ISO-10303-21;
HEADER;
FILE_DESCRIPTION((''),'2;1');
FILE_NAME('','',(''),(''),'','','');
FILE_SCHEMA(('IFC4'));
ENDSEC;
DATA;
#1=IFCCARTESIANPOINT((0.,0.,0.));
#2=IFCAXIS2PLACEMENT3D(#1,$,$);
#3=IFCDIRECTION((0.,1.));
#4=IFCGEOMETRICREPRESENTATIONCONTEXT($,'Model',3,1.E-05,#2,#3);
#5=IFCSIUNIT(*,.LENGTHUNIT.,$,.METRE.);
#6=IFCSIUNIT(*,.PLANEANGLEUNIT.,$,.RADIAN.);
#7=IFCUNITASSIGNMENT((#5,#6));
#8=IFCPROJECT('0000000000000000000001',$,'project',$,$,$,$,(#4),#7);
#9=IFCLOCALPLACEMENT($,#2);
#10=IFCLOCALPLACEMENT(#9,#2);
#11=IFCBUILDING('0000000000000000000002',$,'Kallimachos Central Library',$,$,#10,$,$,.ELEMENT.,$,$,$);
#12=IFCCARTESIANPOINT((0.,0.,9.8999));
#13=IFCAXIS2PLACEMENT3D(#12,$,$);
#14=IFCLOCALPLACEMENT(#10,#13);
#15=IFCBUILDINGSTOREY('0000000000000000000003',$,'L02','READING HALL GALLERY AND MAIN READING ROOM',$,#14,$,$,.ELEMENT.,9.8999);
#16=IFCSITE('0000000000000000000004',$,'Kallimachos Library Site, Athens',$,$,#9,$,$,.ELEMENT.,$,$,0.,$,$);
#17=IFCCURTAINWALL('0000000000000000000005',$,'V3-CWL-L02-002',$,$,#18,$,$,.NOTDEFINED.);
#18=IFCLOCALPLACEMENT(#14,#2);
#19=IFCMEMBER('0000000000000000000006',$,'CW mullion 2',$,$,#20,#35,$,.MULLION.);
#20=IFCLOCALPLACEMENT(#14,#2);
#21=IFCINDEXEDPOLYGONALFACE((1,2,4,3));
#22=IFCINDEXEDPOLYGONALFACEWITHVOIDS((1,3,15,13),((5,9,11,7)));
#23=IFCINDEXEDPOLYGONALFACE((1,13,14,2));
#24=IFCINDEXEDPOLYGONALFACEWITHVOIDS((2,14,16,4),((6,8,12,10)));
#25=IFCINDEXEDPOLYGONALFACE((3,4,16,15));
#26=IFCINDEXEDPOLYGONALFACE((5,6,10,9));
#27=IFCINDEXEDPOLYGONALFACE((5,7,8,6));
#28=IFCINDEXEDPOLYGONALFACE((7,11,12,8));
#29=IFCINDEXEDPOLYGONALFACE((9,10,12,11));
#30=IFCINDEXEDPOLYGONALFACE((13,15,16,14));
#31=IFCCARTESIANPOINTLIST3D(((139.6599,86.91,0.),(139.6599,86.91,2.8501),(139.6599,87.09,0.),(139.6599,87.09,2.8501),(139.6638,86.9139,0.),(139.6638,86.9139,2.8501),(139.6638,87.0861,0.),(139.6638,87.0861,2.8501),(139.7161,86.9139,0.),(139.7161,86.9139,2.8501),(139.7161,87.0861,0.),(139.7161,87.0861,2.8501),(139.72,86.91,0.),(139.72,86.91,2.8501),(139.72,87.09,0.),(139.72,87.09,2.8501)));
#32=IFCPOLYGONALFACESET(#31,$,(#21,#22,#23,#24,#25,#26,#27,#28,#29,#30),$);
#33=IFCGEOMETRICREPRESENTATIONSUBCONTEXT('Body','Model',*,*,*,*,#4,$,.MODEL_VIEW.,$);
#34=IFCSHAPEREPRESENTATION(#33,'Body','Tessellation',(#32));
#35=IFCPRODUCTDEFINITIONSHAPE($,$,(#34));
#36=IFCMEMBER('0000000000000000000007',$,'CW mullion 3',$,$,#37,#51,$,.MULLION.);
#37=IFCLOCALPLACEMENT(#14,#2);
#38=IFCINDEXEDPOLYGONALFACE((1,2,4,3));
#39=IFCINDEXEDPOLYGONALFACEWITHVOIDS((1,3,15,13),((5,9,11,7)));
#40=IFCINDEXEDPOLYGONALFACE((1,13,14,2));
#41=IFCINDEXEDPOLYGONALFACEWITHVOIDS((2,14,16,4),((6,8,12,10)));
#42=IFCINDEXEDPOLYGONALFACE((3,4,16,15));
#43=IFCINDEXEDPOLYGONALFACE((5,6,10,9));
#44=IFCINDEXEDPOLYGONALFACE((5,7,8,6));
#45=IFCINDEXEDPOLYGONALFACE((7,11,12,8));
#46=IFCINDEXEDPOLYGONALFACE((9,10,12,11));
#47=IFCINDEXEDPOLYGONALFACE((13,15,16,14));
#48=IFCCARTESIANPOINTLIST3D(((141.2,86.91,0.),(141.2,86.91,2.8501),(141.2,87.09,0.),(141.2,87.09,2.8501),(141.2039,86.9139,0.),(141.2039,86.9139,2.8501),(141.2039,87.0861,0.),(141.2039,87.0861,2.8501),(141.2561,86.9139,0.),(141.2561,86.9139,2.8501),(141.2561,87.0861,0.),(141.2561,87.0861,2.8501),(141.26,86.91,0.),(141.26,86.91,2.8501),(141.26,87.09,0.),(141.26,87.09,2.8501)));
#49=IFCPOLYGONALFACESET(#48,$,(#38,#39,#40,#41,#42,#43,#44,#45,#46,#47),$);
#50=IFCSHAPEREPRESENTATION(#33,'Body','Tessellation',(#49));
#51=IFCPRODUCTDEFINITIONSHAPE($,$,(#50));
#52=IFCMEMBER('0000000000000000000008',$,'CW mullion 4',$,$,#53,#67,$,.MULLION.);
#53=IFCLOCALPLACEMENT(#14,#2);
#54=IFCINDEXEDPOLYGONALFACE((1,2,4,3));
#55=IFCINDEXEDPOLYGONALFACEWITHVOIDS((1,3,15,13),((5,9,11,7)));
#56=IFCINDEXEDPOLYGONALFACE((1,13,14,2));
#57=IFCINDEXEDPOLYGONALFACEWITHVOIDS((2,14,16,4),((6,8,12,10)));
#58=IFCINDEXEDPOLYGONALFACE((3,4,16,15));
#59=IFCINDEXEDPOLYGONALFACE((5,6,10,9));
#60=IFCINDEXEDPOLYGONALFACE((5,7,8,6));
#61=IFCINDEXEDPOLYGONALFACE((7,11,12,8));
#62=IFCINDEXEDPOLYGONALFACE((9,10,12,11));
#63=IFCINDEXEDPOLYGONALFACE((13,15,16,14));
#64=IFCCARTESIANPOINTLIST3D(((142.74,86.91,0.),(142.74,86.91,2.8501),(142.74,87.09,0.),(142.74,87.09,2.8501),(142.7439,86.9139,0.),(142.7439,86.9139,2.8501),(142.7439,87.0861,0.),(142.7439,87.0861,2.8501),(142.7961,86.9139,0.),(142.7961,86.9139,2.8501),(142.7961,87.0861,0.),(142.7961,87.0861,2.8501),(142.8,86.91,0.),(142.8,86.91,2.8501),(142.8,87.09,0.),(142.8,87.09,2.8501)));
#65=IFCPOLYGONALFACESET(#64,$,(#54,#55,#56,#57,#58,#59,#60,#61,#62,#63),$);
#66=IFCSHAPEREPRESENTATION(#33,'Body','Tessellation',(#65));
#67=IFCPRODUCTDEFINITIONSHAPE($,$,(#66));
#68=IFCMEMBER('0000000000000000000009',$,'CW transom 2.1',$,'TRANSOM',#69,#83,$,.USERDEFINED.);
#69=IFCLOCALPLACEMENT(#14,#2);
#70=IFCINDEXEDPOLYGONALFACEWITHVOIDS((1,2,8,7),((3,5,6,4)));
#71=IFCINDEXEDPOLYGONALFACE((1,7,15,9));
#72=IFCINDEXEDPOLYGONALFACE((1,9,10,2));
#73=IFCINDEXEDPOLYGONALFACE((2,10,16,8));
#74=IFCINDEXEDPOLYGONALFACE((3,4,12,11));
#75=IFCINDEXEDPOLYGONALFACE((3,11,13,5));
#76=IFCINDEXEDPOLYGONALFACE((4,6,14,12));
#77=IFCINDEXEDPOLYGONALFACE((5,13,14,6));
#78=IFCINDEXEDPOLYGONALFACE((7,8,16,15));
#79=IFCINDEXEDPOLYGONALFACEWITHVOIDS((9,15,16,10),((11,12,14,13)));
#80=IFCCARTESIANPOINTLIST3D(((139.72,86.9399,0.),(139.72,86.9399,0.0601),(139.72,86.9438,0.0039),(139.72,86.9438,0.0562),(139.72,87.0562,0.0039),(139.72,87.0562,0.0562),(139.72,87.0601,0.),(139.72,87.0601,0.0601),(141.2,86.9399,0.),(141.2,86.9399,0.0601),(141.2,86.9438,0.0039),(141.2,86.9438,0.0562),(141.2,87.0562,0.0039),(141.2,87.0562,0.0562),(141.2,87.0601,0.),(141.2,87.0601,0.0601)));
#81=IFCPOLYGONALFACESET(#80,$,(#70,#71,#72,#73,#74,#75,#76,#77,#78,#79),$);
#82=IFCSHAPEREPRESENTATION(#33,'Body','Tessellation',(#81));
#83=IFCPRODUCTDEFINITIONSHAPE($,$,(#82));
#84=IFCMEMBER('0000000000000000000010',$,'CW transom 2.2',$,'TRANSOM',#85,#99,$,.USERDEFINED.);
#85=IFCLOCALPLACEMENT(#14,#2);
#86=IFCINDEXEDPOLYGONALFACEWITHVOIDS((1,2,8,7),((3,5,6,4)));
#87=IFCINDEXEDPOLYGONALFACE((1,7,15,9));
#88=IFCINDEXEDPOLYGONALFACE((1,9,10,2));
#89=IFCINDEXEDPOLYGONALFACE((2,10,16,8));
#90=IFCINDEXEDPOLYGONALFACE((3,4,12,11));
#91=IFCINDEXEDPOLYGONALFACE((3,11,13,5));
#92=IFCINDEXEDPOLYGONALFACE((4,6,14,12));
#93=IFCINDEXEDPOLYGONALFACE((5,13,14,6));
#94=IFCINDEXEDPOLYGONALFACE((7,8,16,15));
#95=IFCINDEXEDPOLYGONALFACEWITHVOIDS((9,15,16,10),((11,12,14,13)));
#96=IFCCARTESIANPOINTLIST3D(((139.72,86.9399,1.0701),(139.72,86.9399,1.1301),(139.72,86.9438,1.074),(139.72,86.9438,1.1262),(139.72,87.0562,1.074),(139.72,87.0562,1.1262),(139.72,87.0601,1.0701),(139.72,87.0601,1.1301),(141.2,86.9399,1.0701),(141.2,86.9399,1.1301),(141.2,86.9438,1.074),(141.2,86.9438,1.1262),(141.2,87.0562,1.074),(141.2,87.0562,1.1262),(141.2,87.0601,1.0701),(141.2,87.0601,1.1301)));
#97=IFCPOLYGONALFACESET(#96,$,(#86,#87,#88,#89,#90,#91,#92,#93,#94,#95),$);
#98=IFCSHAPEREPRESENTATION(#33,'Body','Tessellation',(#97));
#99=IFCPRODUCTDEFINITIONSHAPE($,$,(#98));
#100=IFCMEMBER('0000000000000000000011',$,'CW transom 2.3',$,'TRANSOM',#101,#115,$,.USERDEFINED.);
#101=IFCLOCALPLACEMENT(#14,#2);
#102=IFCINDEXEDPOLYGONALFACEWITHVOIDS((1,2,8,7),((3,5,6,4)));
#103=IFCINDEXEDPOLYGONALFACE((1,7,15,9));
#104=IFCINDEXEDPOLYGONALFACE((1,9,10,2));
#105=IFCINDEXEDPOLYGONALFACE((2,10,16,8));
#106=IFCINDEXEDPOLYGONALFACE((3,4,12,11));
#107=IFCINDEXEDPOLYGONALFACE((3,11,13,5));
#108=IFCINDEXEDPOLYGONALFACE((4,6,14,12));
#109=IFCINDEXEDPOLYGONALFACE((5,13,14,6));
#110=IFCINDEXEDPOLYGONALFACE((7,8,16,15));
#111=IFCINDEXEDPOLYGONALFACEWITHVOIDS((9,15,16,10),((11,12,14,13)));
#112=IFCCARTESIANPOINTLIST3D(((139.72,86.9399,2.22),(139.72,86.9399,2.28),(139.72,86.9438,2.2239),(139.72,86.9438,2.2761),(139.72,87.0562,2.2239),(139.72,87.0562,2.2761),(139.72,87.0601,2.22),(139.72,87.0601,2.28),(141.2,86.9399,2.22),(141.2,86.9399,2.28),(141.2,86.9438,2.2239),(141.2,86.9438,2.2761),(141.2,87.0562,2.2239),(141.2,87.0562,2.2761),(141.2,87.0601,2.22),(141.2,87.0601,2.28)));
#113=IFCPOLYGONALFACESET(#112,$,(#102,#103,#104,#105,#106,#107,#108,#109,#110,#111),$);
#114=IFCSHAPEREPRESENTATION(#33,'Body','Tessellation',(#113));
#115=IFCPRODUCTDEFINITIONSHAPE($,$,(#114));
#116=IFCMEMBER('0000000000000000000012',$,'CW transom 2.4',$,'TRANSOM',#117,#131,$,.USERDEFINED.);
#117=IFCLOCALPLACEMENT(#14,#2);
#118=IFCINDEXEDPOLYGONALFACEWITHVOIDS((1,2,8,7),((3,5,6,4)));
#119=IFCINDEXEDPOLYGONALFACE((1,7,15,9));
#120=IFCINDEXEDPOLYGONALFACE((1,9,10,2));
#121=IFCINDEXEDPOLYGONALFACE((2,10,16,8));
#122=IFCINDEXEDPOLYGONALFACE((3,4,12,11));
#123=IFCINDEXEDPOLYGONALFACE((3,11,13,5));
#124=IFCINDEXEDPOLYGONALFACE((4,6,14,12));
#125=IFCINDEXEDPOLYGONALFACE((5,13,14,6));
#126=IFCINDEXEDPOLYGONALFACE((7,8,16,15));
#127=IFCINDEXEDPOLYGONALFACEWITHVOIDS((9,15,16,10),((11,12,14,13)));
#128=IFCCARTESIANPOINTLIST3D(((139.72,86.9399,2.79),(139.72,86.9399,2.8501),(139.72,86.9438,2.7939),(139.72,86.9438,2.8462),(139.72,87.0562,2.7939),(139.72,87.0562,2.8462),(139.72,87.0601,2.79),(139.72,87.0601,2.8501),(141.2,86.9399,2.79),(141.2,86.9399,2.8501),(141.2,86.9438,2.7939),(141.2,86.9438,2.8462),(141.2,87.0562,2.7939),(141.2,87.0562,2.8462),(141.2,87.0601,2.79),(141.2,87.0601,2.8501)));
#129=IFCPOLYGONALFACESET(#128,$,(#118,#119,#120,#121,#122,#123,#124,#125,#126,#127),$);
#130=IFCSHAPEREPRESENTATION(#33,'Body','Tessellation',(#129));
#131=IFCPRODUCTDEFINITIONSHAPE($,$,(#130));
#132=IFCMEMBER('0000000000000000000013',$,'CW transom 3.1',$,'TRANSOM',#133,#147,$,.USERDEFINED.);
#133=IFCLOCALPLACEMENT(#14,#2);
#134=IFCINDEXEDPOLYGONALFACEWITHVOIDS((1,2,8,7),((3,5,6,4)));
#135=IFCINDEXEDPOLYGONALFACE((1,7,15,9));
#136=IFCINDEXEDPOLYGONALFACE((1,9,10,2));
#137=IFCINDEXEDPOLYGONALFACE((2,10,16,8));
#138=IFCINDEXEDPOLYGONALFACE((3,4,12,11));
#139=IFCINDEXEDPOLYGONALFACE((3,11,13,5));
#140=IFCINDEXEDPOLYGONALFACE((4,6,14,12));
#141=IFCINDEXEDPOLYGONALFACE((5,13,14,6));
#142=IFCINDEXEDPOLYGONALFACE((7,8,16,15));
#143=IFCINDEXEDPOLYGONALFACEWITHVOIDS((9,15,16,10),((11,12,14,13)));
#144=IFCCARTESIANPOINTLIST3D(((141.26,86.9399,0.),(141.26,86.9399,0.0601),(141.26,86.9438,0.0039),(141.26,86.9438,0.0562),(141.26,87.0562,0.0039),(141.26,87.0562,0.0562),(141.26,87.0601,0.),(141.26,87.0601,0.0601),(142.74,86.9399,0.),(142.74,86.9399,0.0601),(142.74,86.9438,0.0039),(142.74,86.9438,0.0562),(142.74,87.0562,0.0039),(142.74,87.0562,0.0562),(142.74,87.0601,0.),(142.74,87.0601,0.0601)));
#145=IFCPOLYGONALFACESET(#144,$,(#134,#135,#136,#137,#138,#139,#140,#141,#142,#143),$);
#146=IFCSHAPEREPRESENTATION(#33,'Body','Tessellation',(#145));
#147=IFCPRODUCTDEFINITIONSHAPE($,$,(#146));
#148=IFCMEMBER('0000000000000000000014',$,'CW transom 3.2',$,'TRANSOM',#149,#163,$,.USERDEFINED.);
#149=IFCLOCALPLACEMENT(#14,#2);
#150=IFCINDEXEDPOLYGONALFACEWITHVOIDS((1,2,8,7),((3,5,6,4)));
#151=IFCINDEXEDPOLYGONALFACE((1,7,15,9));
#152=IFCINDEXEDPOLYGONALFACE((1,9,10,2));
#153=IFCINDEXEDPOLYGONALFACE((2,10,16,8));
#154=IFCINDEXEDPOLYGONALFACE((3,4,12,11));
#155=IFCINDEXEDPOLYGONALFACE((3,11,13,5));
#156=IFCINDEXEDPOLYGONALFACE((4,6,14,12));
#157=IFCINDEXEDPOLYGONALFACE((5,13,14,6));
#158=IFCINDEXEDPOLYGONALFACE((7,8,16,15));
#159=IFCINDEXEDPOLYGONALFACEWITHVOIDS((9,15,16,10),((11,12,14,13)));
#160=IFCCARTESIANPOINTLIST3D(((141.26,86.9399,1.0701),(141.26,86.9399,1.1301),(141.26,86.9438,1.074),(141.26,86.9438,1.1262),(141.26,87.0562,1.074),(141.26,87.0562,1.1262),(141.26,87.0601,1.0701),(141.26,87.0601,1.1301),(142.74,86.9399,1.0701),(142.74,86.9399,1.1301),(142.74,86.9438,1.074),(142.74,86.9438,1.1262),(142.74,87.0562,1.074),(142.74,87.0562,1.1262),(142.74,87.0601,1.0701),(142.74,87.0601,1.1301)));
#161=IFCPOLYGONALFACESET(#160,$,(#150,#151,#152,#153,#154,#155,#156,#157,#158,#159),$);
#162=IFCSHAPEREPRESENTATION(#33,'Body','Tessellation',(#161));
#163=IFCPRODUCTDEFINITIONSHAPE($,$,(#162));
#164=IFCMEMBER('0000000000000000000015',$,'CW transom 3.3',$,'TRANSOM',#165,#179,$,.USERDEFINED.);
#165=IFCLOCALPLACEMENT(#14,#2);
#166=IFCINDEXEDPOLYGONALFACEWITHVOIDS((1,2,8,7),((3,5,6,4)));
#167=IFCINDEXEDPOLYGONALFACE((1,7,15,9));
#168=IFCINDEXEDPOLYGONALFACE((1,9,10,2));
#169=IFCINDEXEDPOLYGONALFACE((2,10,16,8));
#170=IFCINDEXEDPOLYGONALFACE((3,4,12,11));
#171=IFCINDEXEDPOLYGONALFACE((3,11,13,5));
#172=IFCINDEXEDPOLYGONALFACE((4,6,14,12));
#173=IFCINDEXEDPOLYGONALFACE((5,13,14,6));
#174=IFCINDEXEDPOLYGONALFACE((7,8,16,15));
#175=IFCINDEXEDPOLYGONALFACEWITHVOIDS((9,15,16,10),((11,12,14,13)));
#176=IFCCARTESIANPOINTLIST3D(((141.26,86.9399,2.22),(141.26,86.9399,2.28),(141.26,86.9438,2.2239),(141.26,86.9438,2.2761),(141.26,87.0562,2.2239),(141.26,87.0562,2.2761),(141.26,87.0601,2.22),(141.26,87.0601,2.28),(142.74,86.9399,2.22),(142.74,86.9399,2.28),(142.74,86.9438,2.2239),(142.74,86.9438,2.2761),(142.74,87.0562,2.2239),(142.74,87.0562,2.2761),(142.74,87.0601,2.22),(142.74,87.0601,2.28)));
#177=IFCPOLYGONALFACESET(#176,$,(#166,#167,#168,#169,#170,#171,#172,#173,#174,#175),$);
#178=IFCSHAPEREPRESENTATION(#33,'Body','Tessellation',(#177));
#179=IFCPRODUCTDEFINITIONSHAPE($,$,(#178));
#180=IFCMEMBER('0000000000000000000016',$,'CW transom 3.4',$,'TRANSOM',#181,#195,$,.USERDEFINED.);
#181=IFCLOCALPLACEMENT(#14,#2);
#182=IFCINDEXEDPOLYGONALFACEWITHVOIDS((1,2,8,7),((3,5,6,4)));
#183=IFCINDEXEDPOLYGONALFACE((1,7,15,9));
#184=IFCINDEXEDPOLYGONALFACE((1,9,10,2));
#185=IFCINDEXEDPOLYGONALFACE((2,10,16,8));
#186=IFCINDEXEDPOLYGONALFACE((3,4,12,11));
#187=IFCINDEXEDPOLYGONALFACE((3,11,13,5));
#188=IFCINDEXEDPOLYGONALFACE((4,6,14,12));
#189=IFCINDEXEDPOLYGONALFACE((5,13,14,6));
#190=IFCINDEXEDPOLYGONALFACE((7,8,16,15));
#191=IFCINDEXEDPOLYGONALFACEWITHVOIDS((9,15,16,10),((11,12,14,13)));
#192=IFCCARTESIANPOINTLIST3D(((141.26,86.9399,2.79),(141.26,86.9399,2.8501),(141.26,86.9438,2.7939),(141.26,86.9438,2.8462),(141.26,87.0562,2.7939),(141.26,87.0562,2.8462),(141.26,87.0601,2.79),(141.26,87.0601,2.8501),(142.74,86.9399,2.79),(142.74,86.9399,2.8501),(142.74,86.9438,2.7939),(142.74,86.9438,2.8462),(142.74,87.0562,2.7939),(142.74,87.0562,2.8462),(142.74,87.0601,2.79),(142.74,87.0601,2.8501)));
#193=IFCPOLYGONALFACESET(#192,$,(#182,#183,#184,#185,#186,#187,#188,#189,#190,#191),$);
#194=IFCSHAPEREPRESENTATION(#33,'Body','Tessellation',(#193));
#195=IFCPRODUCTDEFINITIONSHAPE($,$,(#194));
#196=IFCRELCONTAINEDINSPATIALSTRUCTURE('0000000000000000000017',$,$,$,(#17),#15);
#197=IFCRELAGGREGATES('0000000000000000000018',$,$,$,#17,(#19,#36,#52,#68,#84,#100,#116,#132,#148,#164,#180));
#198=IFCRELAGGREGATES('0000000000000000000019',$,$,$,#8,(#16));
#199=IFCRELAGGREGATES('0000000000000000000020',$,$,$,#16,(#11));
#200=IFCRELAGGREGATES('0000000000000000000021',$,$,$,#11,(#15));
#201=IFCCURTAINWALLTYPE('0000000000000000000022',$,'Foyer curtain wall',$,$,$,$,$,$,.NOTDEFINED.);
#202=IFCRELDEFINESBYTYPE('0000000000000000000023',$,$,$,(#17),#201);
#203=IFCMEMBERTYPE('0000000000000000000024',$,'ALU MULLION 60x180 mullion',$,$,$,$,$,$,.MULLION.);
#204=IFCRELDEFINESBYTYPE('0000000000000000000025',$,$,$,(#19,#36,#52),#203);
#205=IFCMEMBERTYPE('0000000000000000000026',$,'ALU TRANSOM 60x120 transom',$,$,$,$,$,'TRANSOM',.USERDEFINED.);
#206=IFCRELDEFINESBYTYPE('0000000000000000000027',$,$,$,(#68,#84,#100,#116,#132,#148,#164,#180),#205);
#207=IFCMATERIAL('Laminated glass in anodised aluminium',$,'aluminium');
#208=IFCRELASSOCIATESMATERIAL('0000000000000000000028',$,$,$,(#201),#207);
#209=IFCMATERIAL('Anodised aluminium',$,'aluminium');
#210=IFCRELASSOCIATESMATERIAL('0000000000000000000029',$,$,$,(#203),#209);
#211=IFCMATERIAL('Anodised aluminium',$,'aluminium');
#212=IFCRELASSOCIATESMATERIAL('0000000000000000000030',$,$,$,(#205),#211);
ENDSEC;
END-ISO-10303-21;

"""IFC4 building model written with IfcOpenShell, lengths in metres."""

from ifc_helpers import new_model, si_unit, direction, frame, origin, origin_2d, place, context, subcontext, project, spatial, hollow_rectangle, extrude, material, material_profile, profile_set, type_object, element, aggregate, save


model = new_model("IFC4")

# Units and contexts
model_context = context("Model", 3, precision=1e-05, world=origin(), true_north=direction((0.0, 1.0)))
body_context = subcontext(model_context, "Body", "Model", "MODEL_VIEW")
ifc_project = project(units=[si_unit("LENGTHUNIT", "METRE"), si_unit("PLANEANGLEUNIT", "RADIAN")], contexts=[model_context])

# Site, building, storey
site_placement = place(None, origin())
site = spatial("IfcSite", under=ifc_project, at=site_placement, Name="Kallimachos Library Site, Athens", CompositionType="ELEMENT", RefElevation=0.0)
building_placement = place(site_placement, origin())
building = spatial("IfcBuilding", under=site, at=building_placement, Name="Kallimachos Central Library", CompositionType="ELEMENT")
storey_placement = place(building_placement, frame((0.0, 0.0, 9.8999)))
storey = spatial("IfcBuildingStorey", under=building, at=storey_placement, Name="L02", Description="READING HALL GALLERY AND MAIN READING ROOM", CompositionType="ELEMENT", Elevation=9.8999)

# Curtain wall, members
ifc_material_1 = material(Name="Laminated glass in anodised aluminium", Category="aluminium")
curtain_wall_type = type_object("IfcCurtainWallType", Name="Foyer curtain wall", PredefinedType="NOTDEFINED", material=ifc_material_1)
curtain_wall_placement = place(storey_placement, origin())
curtain_wall = element("IfcCurtainWall", 1, at=curtain_wall_placement, inside=storey, type_object=curtain_wall_type, Name="V3-CWL-L02-002", PredefinedType="NOTDEFINED")
ifc_material_2 = material(Name="Anodised aluminium", Category="aluminium")
ifc_material_profile_1 = material_profile(ifc_material_2, hollow_rectangle(XDim=0.0601, YDim=0.1799, WallThickness=0.0039, at=origin_2d()), Name="ALU MULLION 60x180")
ifc_profile_set_1 = profile_set([ifc_material_profile_1], Name="Anodised aluminium")
member_type_1 = type_object("IfcMemberType", Name="ALU MULLION 60x180 mullion", PredefinedType="MULLION", material=ifc_profile_set_1)
member_1_placement = place(storey_placement, frame((139.6899, 87.0, 0.0), z_axis=(0.0, 0.0, 1.0), x_axis=(1.0, 0.0, 0.0)))
member_1 = element("IfcMember", 2, at=member_1_placement, type_object=member_type_1, Name="CW mullion 2", PredefinedType="MULLION", context=body_context, shape_type="SweptSolid", body=[
    extrude(hollow_rectangle(XDim=0.0601, YDim=0.1799, WallThickness=0.0039, at=origin_2d()), origin(), (0.0, 0.0, 1.0), 2.8501),
])
member_2_placement = place(storey_placement, frame((141.23, 87.0, 0.0), z_axis=(0.0, 0.0, 1.0), x_axis=(1.0, 0.0, 0.0)))
member_2 = element("IfcMember", 3, at=member_2_placement, type_object=member_type_1, Name="CW mullion 3", PredefinedType="MULLION", context=body_context, shape_type="SweptSolid", body=[
    extrude(hollow_rectangle(XDim=0.0601, YDim=0.1799, WallThickness=0.0039, at=origin_2d()), origin(), (0.0, 0.0, 1.0), 2.8501),
])
member_3_placement = place(storey_placement, frame((142.77, 87.0, 0.0), z_axis=(0.0, 0.0, 1.0), x_axis=(1.0, 0.0, 0.0)))
member_3 = element("IfcMember", 4, at=member_3_placement, type_object=member_type_1, Name="CW mullion 4", PredefinedType="MULLION", context=body_context, shape_type="SweptSolid", body=[
    extrude(hollow_rectangle(XDim=0.0601, YDim=0.1799, WallThickness=0.0039, at=origin_2d()), origin(), (0.0, 0.0, 1.0), 2.8501),
])
ifc_material_3 = material(Name="Anodised aluminium", Category="aluminium")
ifc_material_profile_2 = material_profile(ifc_material_3, hollow_rectangle(XDim=0.0601, YDim=0.1201, WallThickness=0.0039, at=origin_2d()), Name="ALU TRANSOM 60x120")
ifc_profile_set_2 = profile_set([ifc_material_profile_2], Name="Anodised aluminium")
member_type_2 = type_object("IfcMemberType", Name="ALU TRANSOM 60x120 transom", ElementType="TRANSOM", PredefinedType="USERDEFINED", material=ifc_profile_set_2)
member_4_placement = place(storey_placement, frame((139.72, 87.0, 0.03), z_axis=(1.0, 0.0, 0.0), x_axis=(0.0, 0.0, 1.0)))
member_4 = element("IfcMember", 5, at=member_4_placement, type_object=member_type_2, Name="CW transom 2.1", ObjectType="TRANSOM", PredefinedType="USERDEFINED", context=body_context, shape_type="SweptSolid", body=[
    extrude(hollow_rectangle(XDim=0.0601, YDim=0.1201, WallThickness=0.0039, at=origin_2d()), origin(), (0.0, 0.0, 1.0), 1.48),
])
member_5_placement = place(storey_placement, frame((139.72, 87.0, 1.1001), z_axis=(1.0, 0.0, 0.0), x_axis=(0.0, 0.0, 1.0)))
member_5 = element("IfcMember", 6, at=member_5_placement, type_object=member_type_2, Name="CW transom 2.2", ObjectType="TRANSOM", PredefinedType="USERDEFINED", context=body_context, shape_type="SweptSolid", body=[
    extrude(hollow_rectangle(XDim=0.0601, YDim=0.1201, WallThickness=0.0039, at=origin_2d()), origin(), (0.0, 0.0, 1.0), 1.48),
])
member_6_placement = place(storey_placement, frame((139.72, 87.0, 2.25), z_axis=(1.0, 0.0, 0.0), x_axis=(0.0, 0.0, 1.0)))
member_6 = element("IfcMember", 7, at=member_6_placement, type_object=member_type_2, Name="CW transom 2.3", ObjectType="TRANSOM", PredefinedType="USERDEFINED", context=body_context, shape_type="SweptSolid", body=[
    extrude(hollow_rectangle(XDim=0.0601, YDim=0.1201, WallThickness=0.0039, at=origin_2d()), origin(), (0.0, 0.0, 1.0), 1.48),
])
member_7_placement = place(storey_placement, frame((139.72, 87.0, 2.8201), z_axis=(1.0, 0.0, 0.0), x_axis=(0.0, 0.0, 1.0)))
member_7 = element("IfcMember", 8, at=member_7_placement, type_object=member_type_2, Name="CW transom 2.4", ObjectType="TRANSOM", PredefinedType="USERDEFINED", context=body_context, shape_type="SweptSolid", body=[
    extrude(hollow_rectangle(XDim=0.0601, YDim=0.1201, WallThickness=0.0039, at=origin_2d()), origin(), (0.0, 0.0, 1.0), 1.48),
])
member_8_placement = place(storey_placement, frame((141.26, 87.0, 0.03), z_axis=(1.0, 0.0, 0.0), x_axis=(0.0, 0.0, 1.0)))
member_8 = element("IfcMember", 9, at=member_8_placement, type_object=member_type_2, Name="CW transom 3.1", ObjectType="TRANSOM", PredefinedType="USERDEFINED", context=body_context, shape_type="SweptSolid", body=[
    extrude(hollow_rectangle(XDim=0.0601, YDim=0.1201, WallThickness=0.0039, at=origin_2d()), origin(), (0.0, 0.0, 1.0), 1.48),
])
member_9_placement = place(storey_placement, frame((141.26, 87.0, 1.1001), z_axis=(1.0, 0.0, 0.0), x_axis=(0.0, 0.0, 1.0)))
member_9 = element("IfcMember", 10, at=member_9_placement, type_object=member_type_2, Name="CW transom 3.2", ObjectType="TRANSOM", PredefinedType="USERDEFINED", context=body_context, shape_type="SweptSolid", body=[
    extrude(hollow_rectangle(XDim=0.0601, YDim=0.1201, WallThickness=0.0039, at=origin_2d()), origin(), (0.0, 0.0, 1.0), 1.48),
])
member_10_placement = place(storey_placement, frame((141.26, 87.0, 2.25), z_axis=(1.0, 0.0, 0.0), x_axis=(0.0, 0.0, 1.0)))
member_10 = element("IfcMember", 11, at=member_10_placement, type_object=member_type_2, Name="CW transom 3.3", ObjectType="TRANSOM", PredefinedType="USERDEFINED", context=body_context, shape_type="SweptSolid", body=[
    extrude(hollow_rectangle(XDim=0.0601, YDim=0.1201, WallThickness=0.0039, at=origin_2d()), origin(), (0.0, 0.0, 1.0), 1.48),
])
member_11_placement = place(storey_placement, frame((141.26, 87.0, 2.8201), z_axis=(1.0, 0.0, 0.0), x_axis=(0.0, 0.0, 1.0)))
member_11 = element("IfcMember", 12, at=member_11_placement, type_object=member_type_2, Name="CW transom 3.4", ObjectType="TRANSOM", PredefinedType="USERDEFINED", context=body_context, shape_type="SweptSolid", body=[
    extrude(hollow_rectangle(XDim=0.0601, YDim=0.1201, WallThickness=0.0039, at=origin_2d()), origin(), (0.0, 0.0, 1.0), 1.48),
])

aggregate(curtain_wall, [member_1, member_2, member_3, member_4, member_5, member_6, member_7, member_8, member_9, member_10, member_11])

save(model, "model.ifc")
